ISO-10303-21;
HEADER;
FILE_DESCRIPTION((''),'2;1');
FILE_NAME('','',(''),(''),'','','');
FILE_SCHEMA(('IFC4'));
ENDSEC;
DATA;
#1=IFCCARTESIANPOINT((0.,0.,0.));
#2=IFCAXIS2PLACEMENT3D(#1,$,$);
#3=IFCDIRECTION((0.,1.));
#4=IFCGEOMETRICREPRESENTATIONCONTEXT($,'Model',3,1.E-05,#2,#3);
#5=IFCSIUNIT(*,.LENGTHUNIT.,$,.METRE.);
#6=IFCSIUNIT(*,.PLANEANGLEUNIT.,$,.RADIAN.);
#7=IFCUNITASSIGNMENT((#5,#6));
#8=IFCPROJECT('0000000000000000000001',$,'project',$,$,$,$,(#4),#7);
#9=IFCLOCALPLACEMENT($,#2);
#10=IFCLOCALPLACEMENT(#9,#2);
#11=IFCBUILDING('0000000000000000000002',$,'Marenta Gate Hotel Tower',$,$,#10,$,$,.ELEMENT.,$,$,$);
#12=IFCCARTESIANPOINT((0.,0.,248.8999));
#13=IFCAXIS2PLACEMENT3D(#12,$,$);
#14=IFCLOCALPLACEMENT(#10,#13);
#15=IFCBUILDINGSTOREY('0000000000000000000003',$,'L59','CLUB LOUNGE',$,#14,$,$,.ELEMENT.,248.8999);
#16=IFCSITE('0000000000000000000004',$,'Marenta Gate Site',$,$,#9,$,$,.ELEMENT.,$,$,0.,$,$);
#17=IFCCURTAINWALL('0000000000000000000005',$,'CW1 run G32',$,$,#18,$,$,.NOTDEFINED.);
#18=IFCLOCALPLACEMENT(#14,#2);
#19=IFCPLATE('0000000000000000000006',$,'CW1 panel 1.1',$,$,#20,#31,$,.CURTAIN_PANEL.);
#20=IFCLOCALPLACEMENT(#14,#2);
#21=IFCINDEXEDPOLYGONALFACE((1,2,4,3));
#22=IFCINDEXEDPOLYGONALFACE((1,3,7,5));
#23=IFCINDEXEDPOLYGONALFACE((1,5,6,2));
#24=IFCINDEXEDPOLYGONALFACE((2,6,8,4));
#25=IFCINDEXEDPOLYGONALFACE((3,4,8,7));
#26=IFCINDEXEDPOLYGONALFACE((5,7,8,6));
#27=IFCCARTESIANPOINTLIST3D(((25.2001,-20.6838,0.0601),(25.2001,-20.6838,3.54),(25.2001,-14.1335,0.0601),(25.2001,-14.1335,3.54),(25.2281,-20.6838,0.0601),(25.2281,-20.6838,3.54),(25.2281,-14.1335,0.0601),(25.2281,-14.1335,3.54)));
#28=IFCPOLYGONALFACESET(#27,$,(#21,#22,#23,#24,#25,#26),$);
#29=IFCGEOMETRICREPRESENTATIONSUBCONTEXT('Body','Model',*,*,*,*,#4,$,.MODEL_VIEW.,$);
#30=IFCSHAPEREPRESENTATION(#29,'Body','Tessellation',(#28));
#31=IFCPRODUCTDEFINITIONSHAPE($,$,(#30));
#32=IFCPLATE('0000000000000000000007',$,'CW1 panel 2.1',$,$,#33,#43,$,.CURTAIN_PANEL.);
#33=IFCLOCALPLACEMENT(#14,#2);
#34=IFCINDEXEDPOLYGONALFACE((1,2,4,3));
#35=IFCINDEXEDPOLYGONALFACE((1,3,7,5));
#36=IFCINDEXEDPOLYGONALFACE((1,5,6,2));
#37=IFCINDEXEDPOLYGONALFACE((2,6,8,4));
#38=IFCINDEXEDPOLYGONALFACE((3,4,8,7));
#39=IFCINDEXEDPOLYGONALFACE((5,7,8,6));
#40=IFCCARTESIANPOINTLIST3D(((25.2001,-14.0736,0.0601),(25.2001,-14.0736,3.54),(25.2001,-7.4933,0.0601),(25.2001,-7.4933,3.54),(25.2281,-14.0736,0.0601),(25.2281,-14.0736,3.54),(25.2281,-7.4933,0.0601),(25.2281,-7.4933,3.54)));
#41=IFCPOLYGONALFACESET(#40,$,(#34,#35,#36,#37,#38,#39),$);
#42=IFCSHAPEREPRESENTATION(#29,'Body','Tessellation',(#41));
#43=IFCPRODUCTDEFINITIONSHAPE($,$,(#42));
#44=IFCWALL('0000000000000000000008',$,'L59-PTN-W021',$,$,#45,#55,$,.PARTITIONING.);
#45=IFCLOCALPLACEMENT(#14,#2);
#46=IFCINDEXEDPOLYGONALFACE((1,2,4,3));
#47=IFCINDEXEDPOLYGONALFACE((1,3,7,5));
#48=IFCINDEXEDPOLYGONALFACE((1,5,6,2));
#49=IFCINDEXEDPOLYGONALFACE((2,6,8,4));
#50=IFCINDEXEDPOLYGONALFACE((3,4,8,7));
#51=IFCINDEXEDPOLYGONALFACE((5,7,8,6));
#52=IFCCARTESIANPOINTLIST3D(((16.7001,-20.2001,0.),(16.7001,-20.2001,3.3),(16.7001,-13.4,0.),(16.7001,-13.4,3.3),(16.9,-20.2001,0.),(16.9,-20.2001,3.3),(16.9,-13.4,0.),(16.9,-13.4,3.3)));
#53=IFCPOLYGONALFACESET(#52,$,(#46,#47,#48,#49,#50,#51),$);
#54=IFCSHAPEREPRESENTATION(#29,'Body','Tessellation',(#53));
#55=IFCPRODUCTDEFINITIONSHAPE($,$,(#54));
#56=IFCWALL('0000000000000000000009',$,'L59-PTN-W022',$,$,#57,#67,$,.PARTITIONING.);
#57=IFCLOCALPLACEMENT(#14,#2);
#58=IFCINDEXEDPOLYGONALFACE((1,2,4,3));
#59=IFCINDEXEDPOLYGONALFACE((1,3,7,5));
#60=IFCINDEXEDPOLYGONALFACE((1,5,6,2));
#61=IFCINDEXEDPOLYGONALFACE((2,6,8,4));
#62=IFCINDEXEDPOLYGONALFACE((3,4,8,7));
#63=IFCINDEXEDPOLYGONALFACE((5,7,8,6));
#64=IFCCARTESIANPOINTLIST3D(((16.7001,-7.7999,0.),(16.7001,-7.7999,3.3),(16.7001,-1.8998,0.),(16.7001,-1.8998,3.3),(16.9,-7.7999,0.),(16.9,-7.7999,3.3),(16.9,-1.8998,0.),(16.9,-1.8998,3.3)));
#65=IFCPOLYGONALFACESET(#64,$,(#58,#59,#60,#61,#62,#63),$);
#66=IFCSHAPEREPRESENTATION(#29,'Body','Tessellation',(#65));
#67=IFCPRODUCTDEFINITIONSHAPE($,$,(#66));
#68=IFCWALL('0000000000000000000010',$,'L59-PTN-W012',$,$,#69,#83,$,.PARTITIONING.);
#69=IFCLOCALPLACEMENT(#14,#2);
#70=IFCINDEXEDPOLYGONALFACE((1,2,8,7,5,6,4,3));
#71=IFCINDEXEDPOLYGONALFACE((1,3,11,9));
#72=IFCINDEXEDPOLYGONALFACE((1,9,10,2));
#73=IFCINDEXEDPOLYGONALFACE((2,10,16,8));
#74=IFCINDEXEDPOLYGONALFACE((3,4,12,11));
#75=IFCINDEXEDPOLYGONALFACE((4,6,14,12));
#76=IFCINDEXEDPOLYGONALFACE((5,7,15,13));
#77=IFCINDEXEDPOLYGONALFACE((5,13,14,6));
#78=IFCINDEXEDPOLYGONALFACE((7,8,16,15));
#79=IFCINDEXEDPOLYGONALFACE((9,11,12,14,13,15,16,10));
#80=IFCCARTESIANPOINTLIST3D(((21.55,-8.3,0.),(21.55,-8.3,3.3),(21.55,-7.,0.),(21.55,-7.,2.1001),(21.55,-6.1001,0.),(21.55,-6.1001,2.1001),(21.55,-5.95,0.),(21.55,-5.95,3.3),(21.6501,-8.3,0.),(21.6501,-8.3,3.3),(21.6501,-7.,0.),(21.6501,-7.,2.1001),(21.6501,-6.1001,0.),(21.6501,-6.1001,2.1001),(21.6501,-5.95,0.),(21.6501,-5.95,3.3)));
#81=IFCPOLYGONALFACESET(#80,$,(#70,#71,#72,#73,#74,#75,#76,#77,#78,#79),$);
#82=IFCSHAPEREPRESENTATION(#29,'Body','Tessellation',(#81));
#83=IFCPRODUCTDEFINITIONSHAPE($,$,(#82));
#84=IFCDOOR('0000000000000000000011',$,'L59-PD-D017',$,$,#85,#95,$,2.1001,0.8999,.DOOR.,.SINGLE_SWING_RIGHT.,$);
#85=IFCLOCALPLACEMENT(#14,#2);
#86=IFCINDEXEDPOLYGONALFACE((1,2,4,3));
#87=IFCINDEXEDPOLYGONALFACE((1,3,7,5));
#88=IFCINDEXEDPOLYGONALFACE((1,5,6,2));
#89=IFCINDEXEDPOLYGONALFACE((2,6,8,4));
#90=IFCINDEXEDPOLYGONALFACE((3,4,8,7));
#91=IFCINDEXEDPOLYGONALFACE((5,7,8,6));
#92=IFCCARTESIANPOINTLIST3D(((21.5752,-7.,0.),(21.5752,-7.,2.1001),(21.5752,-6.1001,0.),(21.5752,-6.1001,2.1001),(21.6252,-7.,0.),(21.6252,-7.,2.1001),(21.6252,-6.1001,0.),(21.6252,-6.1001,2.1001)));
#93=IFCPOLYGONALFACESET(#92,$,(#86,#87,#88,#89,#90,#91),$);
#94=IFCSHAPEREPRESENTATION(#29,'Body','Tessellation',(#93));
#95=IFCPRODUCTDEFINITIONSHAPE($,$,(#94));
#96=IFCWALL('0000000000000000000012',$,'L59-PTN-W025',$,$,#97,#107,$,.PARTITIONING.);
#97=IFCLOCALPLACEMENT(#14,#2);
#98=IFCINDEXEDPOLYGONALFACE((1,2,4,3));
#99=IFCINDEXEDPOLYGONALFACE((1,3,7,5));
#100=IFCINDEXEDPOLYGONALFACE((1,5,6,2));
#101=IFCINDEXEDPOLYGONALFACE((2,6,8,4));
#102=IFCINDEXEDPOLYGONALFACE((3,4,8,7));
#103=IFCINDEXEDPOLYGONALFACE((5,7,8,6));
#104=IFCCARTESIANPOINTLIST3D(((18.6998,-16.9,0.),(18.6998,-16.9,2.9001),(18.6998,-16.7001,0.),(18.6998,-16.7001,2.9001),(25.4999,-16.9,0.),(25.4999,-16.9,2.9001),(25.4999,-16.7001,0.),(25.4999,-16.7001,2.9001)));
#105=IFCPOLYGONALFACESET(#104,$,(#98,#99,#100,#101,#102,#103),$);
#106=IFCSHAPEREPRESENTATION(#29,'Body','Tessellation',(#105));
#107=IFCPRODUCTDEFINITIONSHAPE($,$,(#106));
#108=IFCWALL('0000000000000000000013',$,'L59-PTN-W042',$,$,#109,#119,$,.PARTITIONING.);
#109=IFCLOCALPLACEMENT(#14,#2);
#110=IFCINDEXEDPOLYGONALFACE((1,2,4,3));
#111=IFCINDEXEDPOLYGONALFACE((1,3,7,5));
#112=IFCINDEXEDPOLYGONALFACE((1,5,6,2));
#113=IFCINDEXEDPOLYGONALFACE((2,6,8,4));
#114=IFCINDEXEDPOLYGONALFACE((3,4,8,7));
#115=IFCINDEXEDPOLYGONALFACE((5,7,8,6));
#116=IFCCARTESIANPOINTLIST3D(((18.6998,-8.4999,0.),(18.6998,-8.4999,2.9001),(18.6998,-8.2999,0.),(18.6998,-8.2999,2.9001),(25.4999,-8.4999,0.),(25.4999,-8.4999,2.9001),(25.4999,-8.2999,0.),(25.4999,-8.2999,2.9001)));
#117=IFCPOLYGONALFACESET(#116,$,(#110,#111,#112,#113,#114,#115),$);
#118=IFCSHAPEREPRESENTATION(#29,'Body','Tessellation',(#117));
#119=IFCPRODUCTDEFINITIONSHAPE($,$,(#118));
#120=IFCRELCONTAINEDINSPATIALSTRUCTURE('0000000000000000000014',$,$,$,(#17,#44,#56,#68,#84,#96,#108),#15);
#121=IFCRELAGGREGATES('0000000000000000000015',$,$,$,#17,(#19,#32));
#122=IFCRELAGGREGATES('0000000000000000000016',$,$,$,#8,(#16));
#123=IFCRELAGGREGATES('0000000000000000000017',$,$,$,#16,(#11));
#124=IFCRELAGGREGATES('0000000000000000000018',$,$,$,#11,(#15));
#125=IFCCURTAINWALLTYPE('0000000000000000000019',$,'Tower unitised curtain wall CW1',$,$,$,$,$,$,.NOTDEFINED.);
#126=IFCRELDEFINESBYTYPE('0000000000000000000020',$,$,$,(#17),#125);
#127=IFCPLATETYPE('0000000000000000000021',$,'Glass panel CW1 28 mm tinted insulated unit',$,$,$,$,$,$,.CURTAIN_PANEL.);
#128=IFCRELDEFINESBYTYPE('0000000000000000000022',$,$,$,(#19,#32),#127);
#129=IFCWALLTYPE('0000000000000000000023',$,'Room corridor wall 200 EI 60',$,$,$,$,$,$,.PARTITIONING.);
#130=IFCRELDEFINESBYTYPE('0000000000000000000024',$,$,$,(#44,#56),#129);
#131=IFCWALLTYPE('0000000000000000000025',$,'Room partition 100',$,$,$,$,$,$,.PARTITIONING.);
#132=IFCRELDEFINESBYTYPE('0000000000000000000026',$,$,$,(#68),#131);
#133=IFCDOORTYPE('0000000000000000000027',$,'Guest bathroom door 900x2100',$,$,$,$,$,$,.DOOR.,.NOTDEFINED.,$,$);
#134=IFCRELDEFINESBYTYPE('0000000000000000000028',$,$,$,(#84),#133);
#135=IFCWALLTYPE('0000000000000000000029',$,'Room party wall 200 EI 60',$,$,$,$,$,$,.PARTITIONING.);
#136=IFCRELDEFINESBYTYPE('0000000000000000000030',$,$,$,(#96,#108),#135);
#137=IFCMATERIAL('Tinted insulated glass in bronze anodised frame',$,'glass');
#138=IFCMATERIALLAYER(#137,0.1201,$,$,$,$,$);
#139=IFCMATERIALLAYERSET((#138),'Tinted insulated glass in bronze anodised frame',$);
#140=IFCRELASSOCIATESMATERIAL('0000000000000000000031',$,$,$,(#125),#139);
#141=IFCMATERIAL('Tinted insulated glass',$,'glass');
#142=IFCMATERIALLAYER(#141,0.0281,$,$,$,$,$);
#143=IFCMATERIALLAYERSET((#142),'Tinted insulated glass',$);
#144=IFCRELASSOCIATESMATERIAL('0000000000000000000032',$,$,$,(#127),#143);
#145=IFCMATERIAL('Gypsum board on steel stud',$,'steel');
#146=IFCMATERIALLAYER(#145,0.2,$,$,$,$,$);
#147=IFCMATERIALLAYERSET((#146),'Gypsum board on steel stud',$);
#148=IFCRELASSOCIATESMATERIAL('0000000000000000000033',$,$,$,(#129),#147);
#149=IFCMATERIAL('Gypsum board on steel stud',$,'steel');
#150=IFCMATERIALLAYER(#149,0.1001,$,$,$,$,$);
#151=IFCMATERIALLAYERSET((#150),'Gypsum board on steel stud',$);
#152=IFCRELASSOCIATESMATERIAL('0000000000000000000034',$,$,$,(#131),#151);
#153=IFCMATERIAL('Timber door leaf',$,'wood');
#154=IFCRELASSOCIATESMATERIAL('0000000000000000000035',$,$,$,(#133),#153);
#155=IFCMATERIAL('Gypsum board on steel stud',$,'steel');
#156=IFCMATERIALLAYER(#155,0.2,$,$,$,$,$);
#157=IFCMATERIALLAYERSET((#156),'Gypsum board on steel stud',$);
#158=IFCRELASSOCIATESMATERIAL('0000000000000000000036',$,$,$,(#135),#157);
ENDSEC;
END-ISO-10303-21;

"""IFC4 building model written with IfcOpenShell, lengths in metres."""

from ifc_helpers import new_model, si_unit, direction, frame, frame_2d, origin, origin_2d, place, context, subcontext, project, spatial, rectangle, extrude, material, layer, layer_set, type_object, element, fill, aggregate, save


model = new_model("IFC4")

# Units and contexts
model_context = context("Model", 3, precision=1e-05, world=origin(), true_north=direction((0.0, 1.0)))
body_context = subcontext(model_context, "Body", "Model", "MODEL_VIEW")
ifc_project = project(units=[si_unit("LENGTHUNIT", "METRE"), si_unit("PLANEANGLEUNIT", "RADIAN")], contexts=[model_context])

# Site, building, storey
site_placement = place(None, origin())
site = spatial("IfcSite", under=ifc_project, at=site_placement, Name="Marenta Gate Site", CompositionType="ELEMENT", RefElevation=0.0)
building_placement = place(site_placement, origin())
building = spatial("IfcBuilding", under=site, at=building_placement, Name="Marenta Gate Hotel Tower", CompositionType="ELEMENT")
storey_placement = place(building_placement, frame((0.0, 0.0, 248.8999)))
storey = spatial("IfcBuildingStorey", under=building, at=storey_placement, Name="L59", Description="CLUB LOUNGE", CompositionType="ELEMENT", Elevation=248.8999)

# Curtain wall
ifc_material_1 = material(Name="Tinted insulated glass in bronze anodised frame", Category="glass")
ifc_layer_1 = layer(ifc_material_1, 0.1201)
ifc_layer_set_1 = layer_set([ifc_layer_1], Name="Tinted insulated glass in bronze anodised frame")
curtain_wall_type = type_object("IfcCurtainWallType", Name="Tower unitised curtain wall CW1", PredefinedType="NOTDEFINED", material=ifc_layer_set_1)
curtain_wall_1_placement = place(storey_placement, origin())
curtain_wall_1 = element("IfcCurtainWall", 1, at=curtain_wall_1_placement, inside=storey, type_object=curtain_wall_type, Name="CW1 run G32", PredefinedType="NOTDEFINED")

# Plates
ifc_material_2 = material(Name="Tinted insulated glass", Category="glass")
ifc_layer_2 = layer(ifc_material_2, 0.0281)
ifc_layer_set_2 = layer_set([ifc_layer_2], Name="Tinted insulated glass")
plate_type = type_object("IfcPlateType", Name="Glass panel CW1 28 mm tinted insulated unit", PredefinedType="CURTAIN_PANEL", material=ifc_layer_set_2)
plate_1_placement = place(storey_placement, frame((25.2141, -17.4087, 0.0601), z_axis=(0.0, 0.0, 1.0), x_axis=(0.0, 1.0, 0.0)))
plate_1 = element("IfcPlate", 2, at=plate_1_placement, type_object=plate_type, Name="CW1 panel 1.1", PredefinedType="CURTAIN_PANEL", context=body_context, shape_type="SweptSolid", body=[
    extrude(rectangle(XDim=6.5503, YDim=0.0281, at=origin_2d()), origin(), (0.0, 0.0, 1.0), 3.48),
])
plate_2_placement = place(storey_placement, frame((25.2141, -10.7834, 0.0601), z_axis=(0.0, 0.0, 1.0), x_axis=(0.0, 1.0, 0.0)))
plate_2 = element("IfcPlate", 3, at=plate_2_placement, type_object=plate_type, Name="CW1 panel 2.1", PredefinedType="CURTAIN_PANEL", context=body_context, shape_type="SweptSolid", body=[
    extrude(rectangle(XDim=6.5803, YDim=0.0281, at=origin_2d()), origin(), (0.0, 0.0, 1.0), 3.48),
])
aggregate(curtain_wall_1, [plate_1, plate_2])

# Walls
ifc_material_3 = material(Name="Gypsum board on steel stud", Category="steel")
ifc_layer_3 = layer(ifc_material_3, 0.2)
ifc_layer_set_3 = layer_set([ifc_layer_3], Name="Gypsum board on steel stud")
wall_type_1 = type_object("IfcWallType", Name="Room corridor wall 200 EI 60", PredefinedType="PARTITIONING", material=ifc_layer_set_3)
wall_1_placement = place(storey_placement, frame((16.8, -20.2, 0.0), z_axis=(0.0, 0.0, 1.0), x_axis=(0.0, 1.0, 0.0)))
element("IfcWall", 4, at=wall_1_placement, inside=storey, type_object=wall_type_1, Name="L59-PTN-W021", PredefinedType="PARTITIONING", context=body_context, shape_type="SweptSolid", body=[
    extrude(rectangle(XDim=6.8, YDim=0.2, at=frame_2d((3.3999, 0.0))), origin(), (0.0, 0.0, 1.0), 3.3),
])
wall_2_placement = place(storey_placement, frame((16.8, -7.8, 0.0), z_axis=(0.0, 0.0, 1.0), x_axis=(0.0, 1.0, 0.0)))
element("IfcWall", 5, at=wall_2_placement, inside=storey, type_object=wall_type_1, Name="L59-PTN-W022", PredefinedType="PARTITIONING", context=body_context, shape_type="SweptSolid", body=[
    extrude(rectangle(XDim=5.9001, YDim=0.2, at=frame_2d((2.9502, 0.0))), origin(), (0.0, 0.0, 1.0), 3.3),
])

# Wall, opening, door
ifc_material_4 = material(Name="Gypsum board on steel stud", Category="steel")
ifc_layer_4 = layer(ifc_material_4, 0.1001)
ifc_layer_set_4 = layer_set([ifc_layer_4], Name="Gypsum board on steel stud")
wall_type_2 = type_object("IfcWallType", Name="Room partition 100", PredefinedType="PARTITIONING", material=ifc_layer_set_4)
wall_3_placement = place(storey_placement, frame((21.6001, -8.3, 0.0), z_axis=(0.0, 0.0, 1.0), x_axis=(0.0, 1.0, 0.0)))
wall_3 = element("IfcWall", 6, at=wall_3_placement, inside=storey, type_object=wall_type_2, Name="L59-PTN-W012", PredefinedType="PARTITIONING", context=body_context, shape_type="SweptSolid", body=[
    extrude(rectangle(XDim=2.3501, YDim=0.1001, at=frame_2d((1.175, 0.0))), origin(), (0.0, 0.0, 1.0), 3.3),
])
opening_placement = place(wall_3_placement, frame((1.3, 0.0, 0.0)))
opening = element("IfcOpeningElement", 7, at=opening_placement, cuts=wall_3, PredefinedType="OPENING", context=body_context, shape_type="SweptSolid", body=[
    extrude(rectangle(XDim=0.8999, YDim=2.1001, at=frame_2d((0.45, 1.05))), frame((0.0, 0.05, 0.0), z_axis=(0.0, -1.0, 0.0), x_axis=(1.0, 0.0, 0.0)), (0.0, 0.0, 1.0), 0.1001),
])
ifc_material_5 = material(Name="Timber door leaf", Category="wood")
door_type = type_object("IfcDoorType", Name="Guest bathroom door 900x2100", OperationType="NOTDEFINED", PredefinedType="DOOR", material=ifc_material_5)
door_placement = place(opening_placement, origin())
door = element("IfcDoor", 8, at=door_placement, inside=storey, type_object=door_type, Name="L59-PD-D017", OperationType="SINGLE_SWING_RIGHT", OverallHeight=2.1001, OverallWidth=0.8999, PredefinedType="DOOR", context=body_context, shape_type="SweptSolid", body=[
    extrude(rectangle(XDim=0.8999, YDim=2.1001, at=frame_2d((0.45, 1.05))), frame((0.0, 0.0249, 0.0), z_axis=(0.0, -1.0, 0.0), x_axis=(1.0, 0.0, 0.0)), (0.0, 0.0, 1.0), 0.05),
])
fill(opening, door)

# Walls
ifc_material_6 = material(Name="Gypsum board on steel stud", Category="steel")
ifc_layer_5 = layer(ifc_material_6, 0.2)
ifc_layer_set_5 = layer_set([ifc_layer_5], Name="Gypsum board on steel stud")
wall_type_3 = type_object("IfcWallType", Name="Room party wall 200 EI 60", PredefinedType="PARTITIONING", material=ifc_layer_set_5)
for number, where, z_axis, x_axis, name in (
    (9, (18.7, -16.8, 0.0), (0.0, 0.0, 1.0), (1.0, 0.0, 0.0), "L59-PTN-W025"),
    (10, (18.7, -8.3999, 0.0), (0.0, 0.0, 1.0), (1.0, 0.0, 0.0), "L59-PTN-W042"),
):
    element("IfcWall", number, at=place(storey_placement, frame(where, z_axis=z_axis, x_axis=x_axis)), inside=storey, type_object=wall_type_3, Name=name, PredefinedType="PARTITIONING", context=body_context, shape_type="SweptSolid", body=[
        extrude(rectangle(XDim=6.8, YDim=0.2, at=frame_2d((3.3999, 0.0))), origin(), (0.0, 0.0, 1.0), 2.9001),
    ])

save(model, "model.ifc")
